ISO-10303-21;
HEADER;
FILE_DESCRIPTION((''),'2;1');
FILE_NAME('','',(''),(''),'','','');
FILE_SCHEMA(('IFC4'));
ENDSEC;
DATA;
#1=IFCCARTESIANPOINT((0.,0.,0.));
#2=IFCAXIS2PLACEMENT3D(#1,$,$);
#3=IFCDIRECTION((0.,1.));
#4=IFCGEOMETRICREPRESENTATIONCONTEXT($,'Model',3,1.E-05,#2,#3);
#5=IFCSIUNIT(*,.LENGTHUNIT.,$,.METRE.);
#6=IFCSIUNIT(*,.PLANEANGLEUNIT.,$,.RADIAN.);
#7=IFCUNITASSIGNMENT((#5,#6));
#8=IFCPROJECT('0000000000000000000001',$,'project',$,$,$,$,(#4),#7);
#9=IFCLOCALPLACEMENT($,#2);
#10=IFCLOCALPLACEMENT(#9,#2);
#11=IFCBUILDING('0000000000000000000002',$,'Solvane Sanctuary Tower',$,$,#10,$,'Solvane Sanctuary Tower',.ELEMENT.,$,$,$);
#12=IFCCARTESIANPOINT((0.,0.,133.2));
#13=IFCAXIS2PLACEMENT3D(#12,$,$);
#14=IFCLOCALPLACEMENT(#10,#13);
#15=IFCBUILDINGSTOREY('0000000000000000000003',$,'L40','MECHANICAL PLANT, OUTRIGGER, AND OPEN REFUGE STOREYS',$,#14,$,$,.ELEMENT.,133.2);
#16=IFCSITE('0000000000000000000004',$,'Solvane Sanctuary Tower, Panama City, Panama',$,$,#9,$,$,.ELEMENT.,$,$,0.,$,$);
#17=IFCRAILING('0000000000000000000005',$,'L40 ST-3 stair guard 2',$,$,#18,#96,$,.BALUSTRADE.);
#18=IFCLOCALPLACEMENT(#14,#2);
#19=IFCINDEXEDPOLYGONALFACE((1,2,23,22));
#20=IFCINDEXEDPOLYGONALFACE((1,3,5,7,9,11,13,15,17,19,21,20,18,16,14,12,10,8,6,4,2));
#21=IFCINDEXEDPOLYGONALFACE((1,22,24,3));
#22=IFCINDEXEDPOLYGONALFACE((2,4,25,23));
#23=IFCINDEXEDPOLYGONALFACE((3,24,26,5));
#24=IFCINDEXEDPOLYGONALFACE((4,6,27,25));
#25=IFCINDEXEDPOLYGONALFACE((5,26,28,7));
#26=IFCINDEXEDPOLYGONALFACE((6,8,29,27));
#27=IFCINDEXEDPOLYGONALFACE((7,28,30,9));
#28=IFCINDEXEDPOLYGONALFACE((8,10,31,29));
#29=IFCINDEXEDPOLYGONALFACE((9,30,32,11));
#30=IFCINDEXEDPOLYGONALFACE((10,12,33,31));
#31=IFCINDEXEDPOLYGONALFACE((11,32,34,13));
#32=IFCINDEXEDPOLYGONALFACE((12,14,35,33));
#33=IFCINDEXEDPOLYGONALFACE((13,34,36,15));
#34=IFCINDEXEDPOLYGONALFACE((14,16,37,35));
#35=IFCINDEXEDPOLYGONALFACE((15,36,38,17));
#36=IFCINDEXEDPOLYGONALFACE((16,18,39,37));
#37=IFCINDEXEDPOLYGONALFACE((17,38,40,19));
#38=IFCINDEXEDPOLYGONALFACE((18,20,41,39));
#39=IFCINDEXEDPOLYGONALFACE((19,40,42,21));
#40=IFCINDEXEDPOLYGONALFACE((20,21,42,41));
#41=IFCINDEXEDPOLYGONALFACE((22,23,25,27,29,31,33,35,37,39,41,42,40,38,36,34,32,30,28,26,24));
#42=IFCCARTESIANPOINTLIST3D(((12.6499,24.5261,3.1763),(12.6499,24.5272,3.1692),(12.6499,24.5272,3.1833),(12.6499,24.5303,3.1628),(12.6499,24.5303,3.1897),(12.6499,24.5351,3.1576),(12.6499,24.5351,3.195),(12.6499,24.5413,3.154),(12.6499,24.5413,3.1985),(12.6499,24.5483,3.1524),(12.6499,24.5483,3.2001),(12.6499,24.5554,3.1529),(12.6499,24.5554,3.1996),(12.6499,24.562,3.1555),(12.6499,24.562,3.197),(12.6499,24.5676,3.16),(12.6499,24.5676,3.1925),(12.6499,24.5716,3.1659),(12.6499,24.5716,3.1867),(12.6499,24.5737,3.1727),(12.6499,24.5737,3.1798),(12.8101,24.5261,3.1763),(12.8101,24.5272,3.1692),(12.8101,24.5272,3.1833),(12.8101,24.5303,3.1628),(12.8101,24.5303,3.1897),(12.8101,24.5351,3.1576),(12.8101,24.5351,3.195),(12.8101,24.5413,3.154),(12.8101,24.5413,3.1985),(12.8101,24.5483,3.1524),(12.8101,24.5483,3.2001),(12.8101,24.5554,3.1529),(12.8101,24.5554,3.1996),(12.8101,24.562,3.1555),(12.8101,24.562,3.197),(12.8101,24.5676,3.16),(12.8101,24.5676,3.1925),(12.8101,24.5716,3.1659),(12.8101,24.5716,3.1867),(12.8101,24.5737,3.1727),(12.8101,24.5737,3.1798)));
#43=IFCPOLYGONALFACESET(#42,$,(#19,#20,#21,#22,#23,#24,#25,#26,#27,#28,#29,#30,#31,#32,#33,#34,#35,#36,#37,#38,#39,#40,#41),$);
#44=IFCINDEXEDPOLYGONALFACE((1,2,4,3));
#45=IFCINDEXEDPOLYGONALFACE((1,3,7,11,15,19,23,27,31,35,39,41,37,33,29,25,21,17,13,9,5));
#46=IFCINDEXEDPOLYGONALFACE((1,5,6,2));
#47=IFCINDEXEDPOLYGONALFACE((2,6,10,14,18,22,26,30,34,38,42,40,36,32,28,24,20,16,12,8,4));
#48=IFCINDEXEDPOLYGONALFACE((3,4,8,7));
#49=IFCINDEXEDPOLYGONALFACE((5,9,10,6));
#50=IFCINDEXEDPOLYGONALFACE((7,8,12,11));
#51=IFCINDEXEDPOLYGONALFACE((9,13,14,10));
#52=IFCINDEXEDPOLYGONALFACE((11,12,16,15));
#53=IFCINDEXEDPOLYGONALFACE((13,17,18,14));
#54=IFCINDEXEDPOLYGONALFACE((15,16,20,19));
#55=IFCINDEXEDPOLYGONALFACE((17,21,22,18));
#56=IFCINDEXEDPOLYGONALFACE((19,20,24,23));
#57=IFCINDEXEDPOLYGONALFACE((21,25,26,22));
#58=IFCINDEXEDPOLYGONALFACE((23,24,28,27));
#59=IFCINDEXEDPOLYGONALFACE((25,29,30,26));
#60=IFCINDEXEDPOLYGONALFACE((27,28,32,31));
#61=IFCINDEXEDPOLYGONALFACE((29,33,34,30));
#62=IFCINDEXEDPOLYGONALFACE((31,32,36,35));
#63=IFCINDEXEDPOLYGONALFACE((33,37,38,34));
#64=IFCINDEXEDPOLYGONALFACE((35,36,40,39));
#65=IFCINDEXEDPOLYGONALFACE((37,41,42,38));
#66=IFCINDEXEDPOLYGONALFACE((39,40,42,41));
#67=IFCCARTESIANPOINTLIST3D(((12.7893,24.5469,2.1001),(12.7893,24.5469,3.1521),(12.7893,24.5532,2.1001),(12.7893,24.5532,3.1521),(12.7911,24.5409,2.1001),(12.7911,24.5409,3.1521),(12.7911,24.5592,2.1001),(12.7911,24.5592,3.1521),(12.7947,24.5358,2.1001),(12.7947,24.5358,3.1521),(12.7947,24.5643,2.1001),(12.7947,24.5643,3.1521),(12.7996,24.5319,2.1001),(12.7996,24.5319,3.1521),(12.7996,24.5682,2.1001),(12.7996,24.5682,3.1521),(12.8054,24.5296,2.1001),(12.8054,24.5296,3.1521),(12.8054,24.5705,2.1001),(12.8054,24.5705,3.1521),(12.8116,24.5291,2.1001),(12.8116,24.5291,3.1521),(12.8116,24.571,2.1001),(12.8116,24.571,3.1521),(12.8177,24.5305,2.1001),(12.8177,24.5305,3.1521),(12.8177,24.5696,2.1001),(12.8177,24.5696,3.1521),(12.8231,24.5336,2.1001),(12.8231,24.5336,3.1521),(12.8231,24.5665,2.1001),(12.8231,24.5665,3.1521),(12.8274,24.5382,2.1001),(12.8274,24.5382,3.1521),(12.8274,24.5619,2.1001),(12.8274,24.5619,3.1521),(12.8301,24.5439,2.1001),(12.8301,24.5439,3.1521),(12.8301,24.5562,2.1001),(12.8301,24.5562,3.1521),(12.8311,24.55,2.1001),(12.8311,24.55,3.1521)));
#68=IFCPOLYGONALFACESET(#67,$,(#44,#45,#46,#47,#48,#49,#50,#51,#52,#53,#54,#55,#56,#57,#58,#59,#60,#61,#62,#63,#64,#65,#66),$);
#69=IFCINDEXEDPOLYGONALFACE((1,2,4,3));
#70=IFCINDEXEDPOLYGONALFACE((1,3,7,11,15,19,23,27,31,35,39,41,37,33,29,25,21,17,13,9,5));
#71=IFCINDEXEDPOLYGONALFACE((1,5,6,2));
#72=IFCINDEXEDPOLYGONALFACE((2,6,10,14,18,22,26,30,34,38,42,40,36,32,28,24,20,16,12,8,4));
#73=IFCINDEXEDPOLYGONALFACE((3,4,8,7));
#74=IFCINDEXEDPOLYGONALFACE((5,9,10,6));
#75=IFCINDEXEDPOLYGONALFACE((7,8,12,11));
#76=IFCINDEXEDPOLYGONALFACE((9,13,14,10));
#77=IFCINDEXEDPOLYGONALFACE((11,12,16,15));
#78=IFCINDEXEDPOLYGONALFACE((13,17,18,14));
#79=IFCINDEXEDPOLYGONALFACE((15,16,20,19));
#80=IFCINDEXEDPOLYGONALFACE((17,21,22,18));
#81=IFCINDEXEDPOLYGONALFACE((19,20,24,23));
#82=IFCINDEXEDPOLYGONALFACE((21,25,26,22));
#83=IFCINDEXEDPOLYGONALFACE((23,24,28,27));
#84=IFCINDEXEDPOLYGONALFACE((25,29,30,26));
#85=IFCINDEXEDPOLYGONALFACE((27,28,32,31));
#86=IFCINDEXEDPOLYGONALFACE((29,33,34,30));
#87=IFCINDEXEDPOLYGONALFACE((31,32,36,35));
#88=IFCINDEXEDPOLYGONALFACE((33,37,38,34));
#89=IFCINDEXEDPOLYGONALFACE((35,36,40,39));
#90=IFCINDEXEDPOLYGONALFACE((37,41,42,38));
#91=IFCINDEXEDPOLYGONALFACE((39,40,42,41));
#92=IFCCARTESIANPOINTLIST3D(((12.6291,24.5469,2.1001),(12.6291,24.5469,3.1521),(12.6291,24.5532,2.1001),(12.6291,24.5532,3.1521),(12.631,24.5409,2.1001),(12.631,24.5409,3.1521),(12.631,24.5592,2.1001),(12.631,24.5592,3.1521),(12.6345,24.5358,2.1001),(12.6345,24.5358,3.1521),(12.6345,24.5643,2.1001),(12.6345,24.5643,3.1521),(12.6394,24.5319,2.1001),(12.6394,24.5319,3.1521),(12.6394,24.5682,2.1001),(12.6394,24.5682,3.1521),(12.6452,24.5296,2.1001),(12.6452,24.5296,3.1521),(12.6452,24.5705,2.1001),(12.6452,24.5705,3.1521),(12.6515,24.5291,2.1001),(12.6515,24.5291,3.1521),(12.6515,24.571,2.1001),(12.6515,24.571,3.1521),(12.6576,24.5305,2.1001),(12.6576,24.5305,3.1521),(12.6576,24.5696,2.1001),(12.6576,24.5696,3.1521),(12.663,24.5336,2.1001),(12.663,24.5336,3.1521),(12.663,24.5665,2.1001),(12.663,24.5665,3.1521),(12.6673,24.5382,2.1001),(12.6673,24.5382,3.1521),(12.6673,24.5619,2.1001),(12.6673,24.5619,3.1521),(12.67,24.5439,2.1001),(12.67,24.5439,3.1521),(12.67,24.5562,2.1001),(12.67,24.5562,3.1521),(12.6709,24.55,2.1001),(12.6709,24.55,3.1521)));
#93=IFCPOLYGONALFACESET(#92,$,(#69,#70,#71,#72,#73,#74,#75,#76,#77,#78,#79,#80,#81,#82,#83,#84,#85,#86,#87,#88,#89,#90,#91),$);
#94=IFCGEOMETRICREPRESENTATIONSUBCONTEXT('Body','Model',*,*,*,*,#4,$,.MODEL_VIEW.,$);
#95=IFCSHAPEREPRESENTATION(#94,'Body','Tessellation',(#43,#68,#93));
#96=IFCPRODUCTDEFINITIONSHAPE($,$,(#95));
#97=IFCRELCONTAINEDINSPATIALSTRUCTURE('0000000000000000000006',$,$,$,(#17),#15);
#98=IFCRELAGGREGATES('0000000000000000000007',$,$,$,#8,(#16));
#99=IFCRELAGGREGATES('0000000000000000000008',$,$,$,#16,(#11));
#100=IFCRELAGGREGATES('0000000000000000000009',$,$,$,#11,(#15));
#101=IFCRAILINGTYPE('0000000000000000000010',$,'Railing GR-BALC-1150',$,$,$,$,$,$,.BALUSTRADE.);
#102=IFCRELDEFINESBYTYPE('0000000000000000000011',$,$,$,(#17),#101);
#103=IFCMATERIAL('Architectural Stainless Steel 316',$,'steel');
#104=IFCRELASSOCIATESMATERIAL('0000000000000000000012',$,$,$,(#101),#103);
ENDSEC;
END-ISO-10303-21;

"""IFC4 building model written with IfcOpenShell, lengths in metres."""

from ifc_helpers import new_model, si_unit, direction, frame, origin, origin_2d, place, context, subcontext, project, spatial, circle, extrude, material, type_object, element, save


model = new_model("IFC4")

# Units and contexts
model_context = context("Model", 3, precision=1e-05, world=origin(), true_north=direction((0.0, 1.0)))
body_context = subcontext(model_context, "Body", "Model", "MODEL_VIEW")
ifc_project = project(units=[si_unit("LENGTHUNIT", "METRE"), si_unit("PLANEANGLEUNIT", "RADIAN")], contexts=[model_context])

# Site, building, storey
site_placement = place(None, origin())
site = spatial("IfcSite", under=ifc_project, at=site_placement, Name="Solvane Sanctuary Tower, Panama City, Panama", CompositionType="ELEMENT", RefElevation=0.0)
building_placement = place(site_placement, origin())
building = spatial("IfcBuilding", under=site, at=building_placement, Name="Solvane Sanctuary Tower", LongName="Solvane Sanctuary Tower", CompositionType="ELEMENT")
storey_placement = place(building_placement, frame((0.0, 0.0, 133.2)))
storey = spatial("IfcBuildingStorey", under=building, at=storey_placement, Name="L40", Description="MECHANICAL PLANT, OUTRIGGER, AND OPEN REFUGE STOREYS", CompositionType="ELEMENT", Elevation=133.2)

# Shared definitions
ifc_material_1 = material(Name="Architectural Stainless Steel 316", Category="steel")

# Railing
railing_type_1 = type_object("IfcRailingType", Name="Railing GR-BALC-1150", PredefinedType="BALUSTRADE", material=ifc_material_1)
railing_1_placement = place(storey_placement, frame((12.8101, 24.55, 2.1001)))
element("IfcRailing", 1, at=railing_1_placement, inside=storey, type_object=railing_type_1, Name="L40 ST-3 stair guard 2", PredefinedType="BALUSTRADE", context=body_context, shape_type="SweptSolid", body=[
    extrude(circle(Radius=0.0239, at=origin_2d()), frame((0.0, 0.0, 1.0762), z_axis=(-1.0, 0.0, 0.0), x_axis=(0.0, -1.0, 0.0)), (0.0, 0.0, 1.0), 0.1602),
    extrude(circle(Radius=0.021, at=origin_2d()), origin(), (0.0, 0.0, 1.0), 1.052),
    extrude(circle(Radius=0.021, at=origin_2d()), frame((-0.1602, 0.0, 0.0)), (0.0, 0.0, 1.0), 1.052),
])

save(model, "model.ifc")
